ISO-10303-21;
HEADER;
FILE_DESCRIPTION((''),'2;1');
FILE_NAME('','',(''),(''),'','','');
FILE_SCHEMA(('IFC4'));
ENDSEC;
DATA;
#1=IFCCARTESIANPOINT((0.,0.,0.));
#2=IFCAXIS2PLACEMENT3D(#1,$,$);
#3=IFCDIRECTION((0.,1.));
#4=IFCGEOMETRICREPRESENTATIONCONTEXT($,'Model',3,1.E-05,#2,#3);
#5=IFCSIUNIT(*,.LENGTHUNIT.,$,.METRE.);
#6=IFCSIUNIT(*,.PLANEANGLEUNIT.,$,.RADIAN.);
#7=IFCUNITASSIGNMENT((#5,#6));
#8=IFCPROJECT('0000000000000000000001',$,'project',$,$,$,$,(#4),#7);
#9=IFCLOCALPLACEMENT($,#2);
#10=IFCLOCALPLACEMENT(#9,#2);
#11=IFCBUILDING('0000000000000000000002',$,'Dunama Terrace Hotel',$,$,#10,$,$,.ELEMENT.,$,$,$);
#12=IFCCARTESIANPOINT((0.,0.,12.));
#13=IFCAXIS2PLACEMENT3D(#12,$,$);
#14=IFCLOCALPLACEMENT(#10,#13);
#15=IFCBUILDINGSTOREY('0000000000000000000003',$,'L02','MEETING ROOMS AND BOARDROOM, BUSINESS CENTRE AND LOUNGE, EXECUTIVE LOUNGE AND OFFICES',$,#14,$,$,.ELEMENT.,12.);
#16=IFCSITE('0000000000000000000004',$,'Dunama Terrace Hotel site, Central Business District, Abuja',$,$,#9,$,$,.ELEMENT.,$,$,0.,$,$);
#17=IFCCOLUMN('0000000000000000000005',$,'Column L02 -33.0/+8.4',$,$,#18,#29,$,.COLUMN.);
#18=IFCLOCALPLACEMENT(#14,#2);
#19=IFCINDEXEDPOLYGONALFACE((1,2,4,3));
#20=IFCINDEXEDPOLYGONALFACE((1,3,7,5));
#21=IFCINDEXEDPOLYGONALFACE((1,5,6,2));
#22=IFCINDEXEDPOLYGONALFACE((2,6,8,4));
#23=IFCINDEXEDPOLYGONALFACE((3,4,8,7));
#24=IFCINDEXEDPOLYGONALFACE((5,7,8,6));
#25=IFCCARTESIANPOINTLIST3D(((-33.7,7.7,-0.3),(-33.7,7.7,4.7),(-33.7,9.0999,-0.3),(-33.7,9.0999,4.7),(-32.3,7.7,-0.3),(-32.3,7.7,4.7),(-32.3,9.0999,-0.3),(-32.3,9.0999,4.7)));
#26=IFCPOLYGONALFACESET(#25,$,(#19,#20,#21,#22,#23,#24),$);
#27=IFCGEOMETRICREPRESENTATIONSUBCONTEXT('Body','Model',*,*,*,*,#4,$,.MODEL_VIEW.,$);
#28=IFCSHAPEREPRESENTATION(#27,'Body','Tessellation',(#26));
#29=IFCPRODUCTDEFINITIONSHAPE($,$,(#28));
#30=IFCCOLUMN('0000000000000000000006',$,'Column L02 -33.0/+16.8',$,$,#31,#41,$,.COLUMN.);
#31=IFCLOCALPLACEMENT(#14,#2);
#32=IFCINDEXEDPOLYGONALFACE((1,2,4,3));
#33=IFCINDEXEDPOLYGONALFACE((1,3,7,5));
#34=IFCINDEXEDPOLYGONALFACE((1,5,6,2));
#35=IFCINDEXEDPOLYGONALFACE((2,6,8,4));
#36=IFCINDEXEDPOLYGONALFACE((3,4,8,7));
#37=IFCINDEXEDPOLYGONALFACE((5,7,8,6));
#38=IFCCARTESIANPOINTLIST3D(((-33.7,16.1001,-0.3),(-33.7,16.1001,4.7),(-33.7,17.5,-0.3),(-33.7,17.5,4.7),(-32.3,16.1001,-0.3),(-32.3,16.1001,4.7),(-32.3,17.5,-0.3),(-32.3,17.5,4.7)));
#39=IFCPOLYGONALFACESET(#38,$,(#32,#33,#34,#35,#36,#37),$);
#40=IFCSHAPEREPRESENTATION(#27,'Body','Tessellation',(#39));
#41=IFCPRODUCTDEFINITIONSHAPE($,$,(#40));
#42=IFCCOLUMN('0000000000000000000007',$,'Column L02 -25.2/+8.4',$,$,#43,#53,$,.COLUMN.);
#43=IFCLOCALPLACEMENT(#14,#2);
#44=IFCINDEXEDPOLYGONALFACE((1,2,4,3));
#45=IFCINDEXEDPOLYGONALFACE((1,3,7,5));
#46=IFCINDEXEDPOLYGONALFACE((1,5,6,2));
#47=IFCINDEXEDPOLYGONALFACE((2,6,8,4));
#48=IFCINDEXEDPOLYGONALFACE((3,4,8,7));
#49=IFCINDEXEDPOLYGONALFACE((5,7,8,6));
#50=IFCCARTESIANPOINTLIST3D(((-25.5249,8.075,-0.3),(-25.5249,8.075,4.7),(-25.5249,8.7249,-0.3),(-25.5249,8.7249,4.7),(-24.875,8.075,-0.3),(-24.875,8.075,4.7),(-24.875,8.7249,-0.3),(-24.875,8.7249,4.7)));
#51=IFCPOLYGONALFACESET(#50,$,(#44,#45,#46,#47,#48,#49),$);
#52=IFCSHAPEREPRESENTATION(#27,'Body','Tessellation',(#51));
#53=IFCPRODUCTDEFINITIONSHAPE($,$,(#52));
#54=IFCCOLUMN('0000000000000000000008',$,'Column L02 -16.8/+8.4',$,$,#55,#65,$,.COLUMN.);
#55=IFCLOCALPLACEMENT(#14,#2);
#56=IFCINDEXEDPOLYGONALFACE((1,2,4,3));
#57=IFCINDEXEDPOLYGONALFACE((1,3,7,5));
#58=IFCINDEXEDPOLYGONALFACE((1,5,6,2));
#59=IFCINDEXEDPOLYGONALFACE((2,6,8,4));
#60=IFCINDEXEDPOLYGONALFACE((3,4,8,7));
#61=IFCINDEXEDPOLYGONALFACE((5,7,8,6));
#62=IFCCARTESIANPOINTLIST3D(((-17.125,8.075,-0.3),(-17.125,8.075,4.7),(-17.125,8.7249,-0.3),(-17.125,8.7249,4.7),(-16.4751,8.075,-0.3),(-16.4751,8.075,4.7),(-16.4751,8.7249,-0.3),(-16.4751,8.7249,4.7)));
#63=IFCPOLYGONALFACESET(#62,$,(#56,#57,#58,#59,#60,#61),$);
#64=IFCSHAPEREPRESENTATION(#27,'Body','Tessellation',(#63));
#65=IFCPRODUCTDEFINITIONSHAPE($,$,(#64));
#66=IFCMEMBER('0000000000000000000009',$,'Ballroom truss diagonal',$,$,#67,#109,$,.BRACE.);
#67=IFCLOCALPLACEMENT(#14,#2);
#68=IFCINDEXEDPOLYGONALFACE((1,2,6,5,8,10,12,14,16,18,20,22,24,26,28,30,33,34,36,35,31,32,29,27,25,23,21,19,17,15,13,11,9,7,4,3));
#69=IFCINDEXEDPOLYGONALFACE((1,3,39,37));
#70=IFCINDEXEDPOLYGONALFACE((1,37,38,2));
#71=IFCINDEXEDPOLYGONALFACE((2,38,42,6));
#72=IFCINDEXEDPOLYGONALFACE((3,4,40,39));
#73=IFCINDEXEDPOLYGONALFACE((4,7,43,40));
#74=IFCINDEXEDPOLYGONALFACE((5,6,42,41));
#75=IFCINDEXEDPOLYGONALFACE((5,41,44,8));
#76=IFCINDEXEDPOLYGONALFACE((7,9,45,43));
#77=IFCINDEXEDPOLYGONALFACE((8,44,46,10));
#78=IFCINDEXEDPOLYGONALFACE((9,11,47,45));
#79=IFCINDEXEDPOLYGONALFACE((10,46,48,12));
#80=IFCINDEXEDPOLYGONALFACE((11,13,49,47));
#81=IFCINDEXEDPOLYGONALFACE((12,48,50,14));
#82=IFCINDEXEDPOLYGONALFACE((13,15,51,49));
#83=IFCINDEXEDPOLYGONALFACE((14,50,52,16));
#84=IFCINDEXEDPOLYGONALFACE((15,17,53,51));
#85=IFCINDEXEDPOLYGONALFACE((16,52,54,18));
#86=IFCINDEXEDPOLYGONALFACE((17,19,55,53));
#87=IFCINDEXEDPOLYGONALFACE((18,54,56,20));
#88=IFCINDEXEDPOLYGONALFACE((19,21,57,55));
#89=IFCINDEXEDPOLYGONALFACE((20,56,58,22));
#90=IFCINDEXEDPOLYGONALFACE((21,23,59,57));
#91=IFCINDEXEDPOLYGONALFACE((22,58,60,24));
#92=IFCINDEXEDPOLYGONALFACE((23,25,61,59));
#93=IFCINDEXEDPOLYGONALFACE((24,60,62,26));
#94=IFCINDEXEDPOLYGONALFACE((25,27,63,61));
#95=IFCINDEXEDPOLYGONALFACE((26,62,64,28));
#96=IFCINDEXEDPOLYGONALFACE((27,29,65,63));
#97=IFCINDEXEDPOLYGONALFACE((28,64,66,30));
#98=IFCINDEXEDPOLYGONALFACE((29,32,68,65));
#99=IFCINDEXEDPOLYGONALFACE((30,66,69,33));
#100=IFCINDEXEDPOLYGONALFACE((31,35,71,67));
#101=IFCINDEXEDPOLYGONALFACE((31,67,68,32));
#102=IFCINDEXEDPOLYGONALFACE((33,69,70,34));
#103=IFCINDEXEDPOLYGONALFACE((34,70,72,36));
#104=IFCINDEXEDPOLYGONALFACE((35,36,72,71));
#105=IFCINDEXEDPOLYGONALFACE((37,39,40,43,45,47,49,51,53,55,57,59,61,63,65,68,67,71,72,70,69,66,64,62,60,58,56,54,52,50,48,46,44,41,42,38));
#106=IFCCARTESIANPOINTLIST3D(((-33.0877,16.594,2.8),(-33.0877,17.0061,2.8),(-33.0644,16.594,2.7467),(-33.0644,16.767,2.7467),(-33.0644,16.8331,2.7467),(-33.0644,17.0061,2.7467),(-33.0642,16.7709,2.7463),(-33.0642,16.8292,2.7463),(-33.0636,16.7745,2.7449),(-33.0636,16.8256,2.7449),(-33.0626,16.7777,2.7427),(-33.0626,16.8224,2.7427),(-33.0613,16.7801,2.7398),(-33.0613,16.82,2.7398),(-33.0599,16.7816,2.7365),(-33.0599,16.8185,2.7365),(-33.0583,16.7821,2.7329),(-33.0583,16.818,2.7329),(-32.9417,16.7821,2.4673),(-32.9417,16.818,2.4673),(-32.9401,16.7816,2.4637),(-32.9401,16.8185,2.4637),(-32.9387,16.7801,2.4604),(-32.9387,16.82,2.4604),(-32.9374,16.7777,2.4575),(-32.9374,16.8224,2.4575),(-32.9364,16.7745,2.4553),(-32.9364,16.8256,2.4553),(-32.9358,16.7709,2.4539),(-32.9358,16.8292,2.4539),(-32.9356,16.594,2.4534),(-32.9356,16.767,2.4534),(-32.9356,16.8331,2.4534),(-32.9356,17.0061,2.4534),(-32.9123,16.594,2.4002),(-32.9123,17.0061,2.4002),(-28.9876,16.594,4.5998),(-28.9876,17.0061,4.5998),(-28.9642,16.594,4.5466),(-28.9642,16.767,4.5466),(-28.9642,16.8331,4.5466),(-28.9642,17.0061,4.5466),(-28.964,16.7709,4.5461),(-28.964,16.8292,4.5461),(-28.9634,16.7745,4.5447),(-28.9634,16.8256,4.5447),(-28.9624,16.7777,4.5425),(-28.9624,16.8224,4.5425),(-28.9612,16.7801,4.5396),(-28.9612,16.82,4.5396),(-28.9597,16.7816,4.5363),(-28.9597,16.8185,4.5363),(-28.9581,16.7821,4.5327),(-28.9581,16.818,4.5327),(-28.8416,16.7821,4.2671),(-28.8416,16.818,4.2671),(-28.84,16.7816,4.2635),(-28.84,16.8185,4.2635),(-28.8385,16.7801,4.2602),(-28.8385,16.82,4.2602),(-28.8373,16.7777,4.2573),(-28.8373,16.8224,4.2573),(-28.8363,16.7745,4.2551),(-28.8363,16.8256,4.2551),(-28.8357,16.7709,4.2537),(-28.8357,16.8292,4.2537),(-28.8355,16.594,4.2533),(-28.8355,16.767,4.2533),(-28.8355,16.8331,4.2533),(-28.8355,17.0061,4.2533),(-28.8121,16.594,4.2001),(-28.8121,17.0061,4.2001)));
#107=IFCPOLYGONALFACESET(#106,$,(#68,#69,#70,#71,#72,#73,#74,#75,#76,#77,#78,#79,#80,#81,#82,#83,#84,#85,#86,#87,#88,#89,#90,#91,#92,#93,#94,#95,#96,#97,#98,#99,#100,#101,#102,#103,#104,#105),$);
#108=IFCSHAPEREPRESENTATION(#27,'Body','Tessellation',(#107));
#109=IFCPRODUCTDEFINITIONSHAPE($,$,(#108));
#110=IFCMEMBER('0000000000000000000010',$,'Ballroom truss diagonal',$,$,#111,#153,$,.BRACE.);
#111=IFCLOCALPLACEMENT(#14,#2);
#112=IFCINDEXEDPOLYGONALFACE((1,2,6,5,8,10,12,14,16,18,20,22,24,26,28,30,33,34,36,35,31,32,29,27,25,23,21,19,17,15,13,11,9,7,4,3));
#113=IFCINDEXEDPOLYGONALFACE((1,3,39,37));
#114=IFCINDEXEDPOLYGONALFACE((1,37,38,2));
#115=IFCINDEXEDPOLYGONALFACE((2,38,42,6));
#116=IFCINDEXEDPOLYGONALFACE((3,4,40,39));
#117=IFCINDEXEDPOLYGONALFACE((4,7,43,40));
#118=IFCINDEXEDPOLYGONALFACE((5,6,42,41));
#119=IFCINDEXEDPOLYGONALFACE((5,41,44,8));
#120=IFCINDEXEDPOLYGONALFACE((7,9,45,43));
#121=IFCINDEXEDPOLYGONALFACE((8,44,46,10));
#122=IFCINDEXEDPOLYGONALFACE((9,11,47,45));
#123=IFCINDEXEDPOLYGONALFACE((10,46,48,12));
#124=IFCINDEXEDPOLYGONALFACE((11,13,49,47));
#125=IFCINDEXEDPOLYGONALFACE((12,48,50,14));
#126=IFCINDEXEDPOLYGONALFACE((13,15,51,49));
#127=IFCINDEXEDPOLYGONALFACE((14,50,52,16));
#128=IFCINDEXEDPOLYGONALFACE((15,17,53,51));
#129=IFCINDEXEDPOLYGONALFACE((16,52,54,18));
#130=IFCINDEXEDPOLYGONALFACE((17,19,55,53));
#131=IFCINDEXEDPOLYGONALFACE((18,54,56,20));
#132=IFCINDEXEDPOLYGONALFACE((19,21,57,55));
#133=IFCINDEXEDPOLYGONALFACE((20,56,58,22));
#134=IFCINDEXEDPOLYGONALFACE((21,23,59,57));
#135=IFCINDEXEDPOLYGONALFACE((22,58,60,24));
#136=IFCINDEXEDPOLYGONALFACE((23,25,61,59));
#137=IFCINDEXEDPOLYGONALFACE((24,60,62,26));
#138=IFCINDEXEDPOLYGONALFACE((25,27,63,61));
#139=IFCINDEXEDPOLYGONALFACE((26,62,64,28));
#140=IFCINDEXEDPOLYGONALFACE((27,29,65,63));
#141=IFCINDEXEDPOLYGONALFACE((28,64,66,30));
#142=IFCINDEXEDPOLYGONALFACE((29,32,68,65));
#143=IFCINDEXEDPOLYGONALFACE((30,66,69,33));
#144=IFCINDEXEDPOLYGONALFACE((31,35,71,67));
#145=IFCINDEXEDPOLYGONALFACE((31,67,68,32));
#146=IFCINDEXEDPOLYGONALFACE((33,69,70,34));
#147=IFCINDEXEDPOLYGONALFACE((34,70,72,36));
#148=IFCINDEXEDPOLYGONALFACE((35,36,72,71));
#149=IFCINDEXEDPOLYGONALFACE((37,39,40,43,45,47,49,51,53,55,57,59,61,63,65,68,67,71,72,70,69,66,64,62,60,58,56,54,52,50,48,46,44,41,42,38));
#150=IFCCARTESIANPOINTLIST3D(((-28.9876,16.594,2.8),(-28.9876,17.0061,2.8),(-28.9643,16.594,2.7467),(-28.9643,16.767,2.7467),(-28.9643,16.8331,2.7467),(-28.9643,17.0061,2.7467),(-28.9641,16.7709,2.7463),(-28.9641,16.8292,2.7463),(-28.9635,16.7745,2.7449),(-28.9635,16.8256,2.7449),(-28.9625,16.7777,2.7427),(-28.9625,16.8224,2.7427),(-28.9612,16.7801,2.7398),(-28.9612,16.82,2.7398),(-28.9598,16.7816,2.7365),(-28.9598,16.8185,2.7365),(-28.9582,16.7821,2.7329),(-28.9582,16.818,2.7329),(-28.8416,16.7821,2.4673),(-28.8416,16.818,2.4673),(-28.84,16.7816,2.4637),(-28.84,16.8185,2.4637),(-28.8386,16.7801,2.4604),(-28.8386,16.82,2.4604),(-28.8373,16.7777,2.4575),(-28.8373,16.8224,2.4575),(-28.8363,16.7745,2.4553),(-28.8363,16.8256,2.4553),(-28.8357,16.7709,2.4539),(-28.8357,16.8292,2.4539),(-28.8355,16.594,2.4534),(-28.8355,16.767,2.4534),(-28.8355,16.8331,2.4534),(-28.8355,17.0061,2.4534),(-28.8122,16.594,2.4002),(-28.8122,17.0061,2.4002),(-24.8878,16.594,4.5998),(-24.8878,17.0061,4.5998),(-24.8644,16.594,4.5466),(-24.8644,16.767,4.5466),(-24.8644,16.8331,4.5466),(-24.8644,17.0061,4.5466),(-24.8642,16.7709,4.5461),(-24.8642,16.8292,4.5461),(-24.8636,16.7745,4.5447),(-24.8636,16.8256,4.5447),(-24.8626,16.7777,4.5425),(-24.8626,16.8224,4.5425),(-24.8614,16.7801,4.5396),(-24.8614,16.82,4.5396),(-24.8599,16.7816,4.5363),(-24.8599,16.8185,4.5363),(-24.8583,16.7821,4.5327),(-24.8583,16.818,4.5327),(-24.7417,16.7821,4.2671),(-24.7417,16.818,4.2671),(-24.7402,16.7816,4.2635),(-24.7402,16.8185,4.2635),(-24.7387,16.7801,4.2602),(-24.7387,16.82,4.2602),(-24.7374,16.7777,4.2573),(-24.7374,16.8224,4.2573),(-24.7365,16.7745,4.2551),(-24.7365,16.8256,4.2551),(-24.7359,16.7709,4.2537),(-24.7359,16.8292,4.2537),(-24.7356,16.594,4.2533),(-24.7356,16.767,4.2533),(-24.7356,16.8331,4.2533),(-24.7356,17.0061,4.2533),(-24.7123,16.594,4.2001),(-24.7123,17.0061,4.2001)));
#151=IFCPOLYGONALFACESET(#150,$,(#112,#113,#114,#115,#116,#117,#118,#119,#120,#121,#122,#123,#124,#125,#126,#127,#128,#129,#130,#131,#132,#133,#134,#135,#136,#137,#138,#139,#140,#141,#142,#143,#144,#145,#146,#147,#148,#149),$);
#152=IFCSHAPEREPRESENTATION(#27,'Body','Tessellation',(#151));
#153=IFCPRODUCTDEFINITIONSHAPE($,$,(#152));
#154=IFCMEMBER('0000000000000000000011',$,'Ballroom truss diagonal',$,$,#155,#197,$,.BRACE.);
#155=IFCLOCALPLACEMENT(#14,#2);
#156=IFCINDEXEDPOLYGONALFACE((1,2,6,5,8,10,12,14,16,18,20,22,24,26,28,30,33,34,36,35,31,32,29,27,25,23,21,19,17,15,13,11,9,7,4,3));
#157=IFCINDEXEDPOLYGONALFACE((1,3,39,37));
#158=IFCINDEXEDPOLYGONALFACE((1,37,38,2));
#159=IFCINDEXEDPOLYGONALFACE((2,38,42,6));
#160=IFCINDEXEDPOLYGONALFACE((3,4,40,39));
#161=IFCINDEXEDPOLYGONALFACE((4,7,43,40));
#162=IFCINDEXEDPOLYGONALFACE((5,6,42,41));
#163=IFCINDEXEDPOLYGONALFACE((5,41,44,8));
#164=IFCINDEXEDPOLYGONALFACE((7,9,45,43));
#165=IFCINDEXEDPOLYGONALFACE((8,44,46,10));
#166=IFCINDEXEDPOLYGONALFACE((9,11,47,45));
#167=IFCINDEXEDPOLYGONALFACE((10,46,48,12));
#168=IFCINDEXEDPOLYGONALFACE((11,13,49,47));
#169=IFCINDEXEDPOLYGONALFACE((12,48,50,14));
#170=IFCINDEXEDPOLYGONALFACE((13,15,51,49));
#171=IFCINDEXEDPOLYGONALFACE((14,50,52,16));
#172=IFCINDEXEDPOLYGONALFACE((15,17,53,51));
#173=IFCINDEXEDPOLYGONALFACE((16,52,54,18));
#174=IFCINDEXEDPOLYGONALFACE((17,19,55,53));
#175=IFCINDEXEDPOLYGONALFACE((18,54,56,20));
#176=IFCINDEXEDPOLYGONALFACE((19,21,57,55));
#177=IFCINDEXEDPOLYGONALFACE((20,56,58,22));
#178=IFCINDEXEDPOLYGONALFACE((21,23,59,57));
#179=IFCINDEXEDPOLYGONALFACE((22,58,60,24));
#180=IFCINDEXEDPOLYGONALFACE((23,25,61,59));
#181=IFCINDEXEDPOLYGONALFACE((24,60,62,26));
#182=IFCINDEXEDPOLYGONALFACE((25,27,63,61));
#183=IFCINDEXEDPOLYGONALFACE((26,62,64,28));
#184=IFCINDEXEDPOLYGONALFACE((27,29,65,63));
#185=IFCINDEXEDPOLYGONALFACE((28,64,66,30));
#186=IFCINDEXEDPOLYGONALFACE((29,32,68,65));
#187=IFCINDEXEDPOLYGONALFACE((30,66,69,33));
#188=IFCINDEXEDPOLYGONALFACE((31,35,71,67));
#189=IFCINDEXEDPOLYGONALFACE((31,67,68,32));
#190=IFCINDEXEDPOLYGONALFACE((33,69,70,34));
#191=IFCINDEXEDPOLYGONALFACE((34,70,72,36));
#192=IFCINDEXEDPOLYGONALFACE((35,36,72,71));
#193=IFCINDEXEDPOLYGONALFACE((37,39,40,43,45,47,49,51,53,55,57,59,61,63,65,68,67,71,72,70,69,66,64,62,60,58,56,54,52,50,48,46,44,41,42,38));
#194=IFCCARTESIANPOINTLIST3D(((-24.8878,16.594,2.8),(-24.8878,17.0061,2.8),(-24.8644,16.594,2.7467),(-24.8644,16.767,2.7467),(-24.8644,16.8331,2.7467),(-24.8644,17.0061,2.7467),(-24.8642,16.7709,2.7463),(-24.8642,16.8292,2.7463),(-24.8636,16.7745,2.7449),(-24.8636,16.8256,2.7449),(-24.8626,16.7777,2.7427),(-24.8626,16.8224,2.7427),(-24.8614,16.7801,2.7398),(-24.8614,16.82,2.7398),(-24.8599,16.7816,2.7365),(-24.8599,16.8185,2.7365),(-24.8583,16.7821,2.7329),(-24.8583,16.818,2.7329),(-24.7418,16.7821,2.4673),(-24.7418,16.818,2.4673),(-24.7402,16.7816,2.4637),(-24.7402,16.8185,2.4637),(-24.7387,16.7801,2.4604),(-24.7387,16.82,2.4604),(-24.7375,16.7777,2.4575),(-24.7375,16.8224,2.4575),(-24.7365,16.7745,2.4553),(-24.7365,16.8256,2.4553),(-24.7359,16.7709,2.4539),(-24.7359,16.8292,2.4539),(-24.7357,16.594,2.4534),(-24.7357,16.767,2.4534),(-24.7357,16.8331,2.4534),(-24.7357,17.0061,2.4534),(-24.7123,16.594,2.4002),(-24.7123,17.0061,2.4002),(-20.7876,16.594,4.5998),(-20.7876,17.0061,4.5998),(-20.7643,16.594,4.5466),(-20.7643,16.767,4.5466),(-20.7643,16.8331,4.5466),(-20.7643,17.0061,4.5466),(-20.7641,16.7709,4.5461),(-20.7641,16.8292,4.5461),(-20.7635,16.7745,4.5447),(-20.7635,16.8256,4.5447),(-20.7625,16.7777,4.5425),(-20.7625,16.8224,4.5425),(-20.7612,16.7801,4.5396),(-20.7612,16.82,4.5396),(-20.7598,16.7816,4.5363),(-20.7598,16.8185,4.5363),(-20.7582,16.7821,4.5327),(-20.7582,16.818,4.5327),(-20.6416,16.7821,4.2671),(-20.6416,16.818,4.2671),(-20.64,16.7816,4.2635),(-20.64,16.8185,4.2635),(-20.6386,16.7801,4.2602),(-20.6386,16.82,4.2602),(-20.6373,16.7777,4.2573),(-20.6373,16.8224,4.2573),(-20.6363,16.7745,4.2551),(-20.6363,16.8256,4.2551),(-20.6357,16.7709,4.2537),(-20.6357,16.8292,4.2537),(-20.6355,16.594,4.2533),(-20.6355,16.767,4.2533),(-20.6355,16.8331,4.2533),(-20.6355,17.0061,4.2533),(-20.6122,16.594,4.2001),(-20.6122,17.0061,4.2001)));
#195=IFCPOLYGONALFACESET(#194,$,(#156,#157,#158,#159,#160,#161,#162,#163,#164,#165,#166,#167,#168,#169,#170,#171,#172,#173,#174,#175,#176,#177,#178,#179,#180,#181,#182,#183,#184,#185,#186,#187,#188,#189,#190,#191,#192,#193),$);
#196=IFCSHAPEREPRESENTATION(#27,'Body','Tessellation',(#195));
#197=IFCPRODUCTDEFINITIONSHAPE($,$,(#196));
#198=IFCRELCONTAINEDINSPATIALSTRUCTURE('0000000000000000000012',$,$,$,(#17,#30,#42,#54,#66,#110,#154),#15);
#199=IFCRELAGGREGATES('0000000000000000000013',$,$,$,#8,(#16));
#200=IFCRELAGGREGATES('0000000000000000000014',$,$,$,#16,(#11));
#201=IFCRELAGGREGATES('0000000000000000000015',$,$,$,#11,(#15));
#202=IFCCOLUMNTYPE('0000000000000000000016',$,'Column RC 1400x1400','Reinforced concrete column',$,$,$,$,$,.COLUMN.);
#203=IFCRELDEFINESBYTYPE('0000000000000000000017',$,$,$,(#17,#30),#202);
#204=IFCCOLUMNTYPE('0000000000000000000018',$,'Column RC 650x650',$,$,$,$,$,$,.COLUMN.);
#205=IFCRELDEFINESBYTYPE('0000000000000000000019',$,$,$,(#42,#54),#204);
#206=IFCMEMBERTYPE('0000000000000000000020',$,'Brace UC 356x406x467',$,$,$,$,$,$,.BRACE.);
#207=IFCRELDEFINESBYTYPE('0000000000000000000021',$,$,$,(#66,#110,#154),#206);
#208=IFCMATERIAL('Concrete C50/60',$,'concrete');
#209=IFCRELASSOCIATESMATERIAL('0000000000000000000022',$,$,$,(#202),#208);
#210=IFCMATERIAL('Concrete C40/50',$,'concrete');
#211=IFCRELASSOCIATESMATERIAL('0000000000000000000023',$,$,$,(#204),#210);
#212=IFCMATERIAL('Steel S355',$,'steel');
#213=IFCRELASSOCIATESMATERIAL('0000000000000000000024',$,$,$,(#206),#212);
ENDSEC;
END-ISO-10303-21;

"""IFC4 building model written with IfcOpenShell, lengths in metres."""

from ifc_helpers import new_model, si_unit, direction, frame, origin, origin_2d, place, context, subcontext, project, spatial, rectangle, i_section, extrude, material, material_profile, profile_set, type_object, element, save


model = new_model("IFC4")

# Units and contexts
model_context = context("Model", 3, precision=1e-05, world=origin(), true_north=direction((0.0, 1.0)))
body_context = subcontext(model_context, "Body", "Model", "MODEL_VIEW")
ifc_project = project(units=[si_unit("LENGTHUNIT", "METRE"), si_unit("PLANEANGLEUNIT", "RADIAN")], contexts=[model_context])

# Site, building, storey
site_placement = place(None, origin())
site = spatial("IfcSite", under=ifc_project, at=site_placement, Name="Dunama Terrace Hotel site, Central Business District, Abuja", CompositionType="ELEMENT", RefElevation=0.0)
building_placement = place(site_placement, origin())
building = spatial("IfcBuilding", under=site, at=building_placement, Name="Dunama Terrace Hotel", CompositionType="ELEMENT")
storey_placement = place(building_placement, frame((0.0, 0.0, 12.0)))
storey = spatial("IfcBuildingStorey", under=building, at=storey_placement, Name="L02", Description="MEETING ROOMS AND BOARDROOM, BUSINESS CENTRE AND LOUNGE, EXECUTIVE LOUNGE AND OFFICES", CompositionType="ELEMENT", Elevation=12.0)

# Columns
ifc_material_1 = material(Name="Concrete C50/60", Category="concrete")
ifc_material_profile_1 = material_profile(ifc_material_1, rectangle(XDim=1.3999, YDim=1.3999, at=origin_2d()), Name="RC 1400x1400")
ifc_profile_set_1 = profile_set([ifc_material_profile_1], Name="Concrete C50/60")
column_type_1 = type_object("IfcColumnType", Name="Column RC 1400x1400", Description="Reinforced concrete column", PredefinedType="COLUMN", material=ifc_profile_set_1)
for number, where, z_axis, x_axis, name in (
    (1, (-33.0, 8.3999, -0.3), (0.0, 0.0, 1.0), (1.0, 0.0, 0.0), "Column L02 -33.0/+8.4"),
    (2, (-33.0, 16.8, -0.3), (0.0, 0.0, 1.0), (1.0, 0.0, 0.0), "Column L02 -33.0/+16.8"),
):
    element("IfcColumn", number, at=place(storey_placement, frame(where, z_axis=z_axis, x_axis=x_axis)), inside=storey, type_object=column_type_1, Name=name, PredefinedType="COLUMN", context=body_context, shape_type="SweptSolid", body=[
        extrude(rectangle(XDim=1.3999, YDim=1.3999, at=origin_2d()), origin(), (0.0, 0.0, 1.0), 5.0),
    ])
ifc_material_2 = material(Name="Concrete C40/50", Category="concrete")
ifc_material_profile_2 = material_profile(ifc_material_2, rectangle(XDim=0.6499, YDim=0.6499, at=origin_2d()), Name="RC 650x650")
ifc_profile_set_2 = profile_set([ifc_material_profile_2], Name="Concrete C40/50")
column_type_2 = type_object("IfcColumnType", Name="Column RC 650x650", PredefinedType="COLUMN", material=ifc_profile_set_2)
for number, where, z_axis, x_axis, name in (
    (3, (-25.2, 8.3999, -0.3), (0.0, 0.0, 1.0), (1.0, 0.0, 0.0), "Column L02 -25.2/+8.4"),
    (4, (-16.8, 8.3999, -0.3), (0.0, 0.0, 1.0), (1.0, 0.0, 0.0), "Column L02 -16.8/+8.4"),
):
    element("IfcColumn", number, at=place(storey_placement, frame(where, z_axis=z_axis, x_axis=x_axis)), inside=storey, type_object=column_type_2, Name=name, PredefinedType="COLUMN", context=body_context, shape_type="SweptSolid", body=[
        extrude(rectangle(XDim=0.6499, YDim=0.6499, at=origin_2d()), origin(), (0.0, 0.0, 1.0), 5.0),
    ])

# Members
ifc_material_3 = material(Name="Steel S355", Category="steel")
ifc_material_profile_3 = material_profile(ifc_material_3, i_section(OverallWidth=0.4121, OverallDepth=0.4365, WebThickness=0.0359, FlangeThickness=0.0581, FilletRadius=0.0151, at=origin_2d()), Name="UC 356x406x467")
ifc_profile_set_3 = profile_set([ifc_material_profile_3], Name="Steel S355")
member_type_1 = type_object("IfcMemberType", Name="Brace UC 356x406x467", PredefinedType="BRACE", material=ifc_profile_set_3)
member_1_placement = place(storey_placement, frame((-33.0, 16.8, 2.6001), z_axis=(0.915664, 0.0, 0.401945), x_axis=(0.0, 1.0, 0.0)))
element("IfcMember", 5, at=member_1_placement, inside=storey, type_object=member_type_1, Name="Ballroom truss diagonal", PredefinedType="BRACE", context=body_context, shape_type="SweptSolid", body=[
    extrude(i_section(OverallWidth=0.4121, OverallDepth=0.4365, WebThickness=0.0359, FlangeThickness=0.0581, FilletRadius=0.0151, at=origin_2d()), origin(), (0.0, 0.0, 1.0), 4.4778),
])
member_2_placement = place(storey_placement, frame((-28.8999, 16.8, 2.6001), z_axis=(0.915655, 0.0, 0.401966), x_axis=(0.0, 1.0, 0.0)))
element("IfcMember", 6, at=member_2_placement, inside=storey, type_object=member_type_1, Name="Ballroom truss diagonal", PredefinedType="BRACE", context=body_context, shape_type="SweptSolid", body=[
    extrude(i_section(OverallWidth=0.4121, OverallDepth=0.4365, WebThickness=0.0359, FlangeThickness=0.0581, FilletRadius=0.0151, at=origin_2d()), origin(), (0.0, 0.0, 1.0), 4.4775),
])
member_3_placement = place(storey_placement, frame((-24.8, 16.8, 2.6001), z_axis=(0.915664, 0.0, 0.401945), x_axis=(0.0, 1.0, 0.0)))
element("IfcMember", 7, at=member_3_placement, inside=storey, type_object=member_type_1, Name="Ballroom truss diagonal", PredefinedType="BRACE", context=body_context, shape_type="SweptSolid", body=[
    extrude(i_section(OverallWidth=0.4121, OverallDepth=0.4365, WebThickness=0.0359, FlangeThickness=0.0581, FilletRadius=0.0151, at=origin_2d()), origin(), (0.0, 0.0, 1.0), 4.4778),
])

save(model, "model.ifc")
